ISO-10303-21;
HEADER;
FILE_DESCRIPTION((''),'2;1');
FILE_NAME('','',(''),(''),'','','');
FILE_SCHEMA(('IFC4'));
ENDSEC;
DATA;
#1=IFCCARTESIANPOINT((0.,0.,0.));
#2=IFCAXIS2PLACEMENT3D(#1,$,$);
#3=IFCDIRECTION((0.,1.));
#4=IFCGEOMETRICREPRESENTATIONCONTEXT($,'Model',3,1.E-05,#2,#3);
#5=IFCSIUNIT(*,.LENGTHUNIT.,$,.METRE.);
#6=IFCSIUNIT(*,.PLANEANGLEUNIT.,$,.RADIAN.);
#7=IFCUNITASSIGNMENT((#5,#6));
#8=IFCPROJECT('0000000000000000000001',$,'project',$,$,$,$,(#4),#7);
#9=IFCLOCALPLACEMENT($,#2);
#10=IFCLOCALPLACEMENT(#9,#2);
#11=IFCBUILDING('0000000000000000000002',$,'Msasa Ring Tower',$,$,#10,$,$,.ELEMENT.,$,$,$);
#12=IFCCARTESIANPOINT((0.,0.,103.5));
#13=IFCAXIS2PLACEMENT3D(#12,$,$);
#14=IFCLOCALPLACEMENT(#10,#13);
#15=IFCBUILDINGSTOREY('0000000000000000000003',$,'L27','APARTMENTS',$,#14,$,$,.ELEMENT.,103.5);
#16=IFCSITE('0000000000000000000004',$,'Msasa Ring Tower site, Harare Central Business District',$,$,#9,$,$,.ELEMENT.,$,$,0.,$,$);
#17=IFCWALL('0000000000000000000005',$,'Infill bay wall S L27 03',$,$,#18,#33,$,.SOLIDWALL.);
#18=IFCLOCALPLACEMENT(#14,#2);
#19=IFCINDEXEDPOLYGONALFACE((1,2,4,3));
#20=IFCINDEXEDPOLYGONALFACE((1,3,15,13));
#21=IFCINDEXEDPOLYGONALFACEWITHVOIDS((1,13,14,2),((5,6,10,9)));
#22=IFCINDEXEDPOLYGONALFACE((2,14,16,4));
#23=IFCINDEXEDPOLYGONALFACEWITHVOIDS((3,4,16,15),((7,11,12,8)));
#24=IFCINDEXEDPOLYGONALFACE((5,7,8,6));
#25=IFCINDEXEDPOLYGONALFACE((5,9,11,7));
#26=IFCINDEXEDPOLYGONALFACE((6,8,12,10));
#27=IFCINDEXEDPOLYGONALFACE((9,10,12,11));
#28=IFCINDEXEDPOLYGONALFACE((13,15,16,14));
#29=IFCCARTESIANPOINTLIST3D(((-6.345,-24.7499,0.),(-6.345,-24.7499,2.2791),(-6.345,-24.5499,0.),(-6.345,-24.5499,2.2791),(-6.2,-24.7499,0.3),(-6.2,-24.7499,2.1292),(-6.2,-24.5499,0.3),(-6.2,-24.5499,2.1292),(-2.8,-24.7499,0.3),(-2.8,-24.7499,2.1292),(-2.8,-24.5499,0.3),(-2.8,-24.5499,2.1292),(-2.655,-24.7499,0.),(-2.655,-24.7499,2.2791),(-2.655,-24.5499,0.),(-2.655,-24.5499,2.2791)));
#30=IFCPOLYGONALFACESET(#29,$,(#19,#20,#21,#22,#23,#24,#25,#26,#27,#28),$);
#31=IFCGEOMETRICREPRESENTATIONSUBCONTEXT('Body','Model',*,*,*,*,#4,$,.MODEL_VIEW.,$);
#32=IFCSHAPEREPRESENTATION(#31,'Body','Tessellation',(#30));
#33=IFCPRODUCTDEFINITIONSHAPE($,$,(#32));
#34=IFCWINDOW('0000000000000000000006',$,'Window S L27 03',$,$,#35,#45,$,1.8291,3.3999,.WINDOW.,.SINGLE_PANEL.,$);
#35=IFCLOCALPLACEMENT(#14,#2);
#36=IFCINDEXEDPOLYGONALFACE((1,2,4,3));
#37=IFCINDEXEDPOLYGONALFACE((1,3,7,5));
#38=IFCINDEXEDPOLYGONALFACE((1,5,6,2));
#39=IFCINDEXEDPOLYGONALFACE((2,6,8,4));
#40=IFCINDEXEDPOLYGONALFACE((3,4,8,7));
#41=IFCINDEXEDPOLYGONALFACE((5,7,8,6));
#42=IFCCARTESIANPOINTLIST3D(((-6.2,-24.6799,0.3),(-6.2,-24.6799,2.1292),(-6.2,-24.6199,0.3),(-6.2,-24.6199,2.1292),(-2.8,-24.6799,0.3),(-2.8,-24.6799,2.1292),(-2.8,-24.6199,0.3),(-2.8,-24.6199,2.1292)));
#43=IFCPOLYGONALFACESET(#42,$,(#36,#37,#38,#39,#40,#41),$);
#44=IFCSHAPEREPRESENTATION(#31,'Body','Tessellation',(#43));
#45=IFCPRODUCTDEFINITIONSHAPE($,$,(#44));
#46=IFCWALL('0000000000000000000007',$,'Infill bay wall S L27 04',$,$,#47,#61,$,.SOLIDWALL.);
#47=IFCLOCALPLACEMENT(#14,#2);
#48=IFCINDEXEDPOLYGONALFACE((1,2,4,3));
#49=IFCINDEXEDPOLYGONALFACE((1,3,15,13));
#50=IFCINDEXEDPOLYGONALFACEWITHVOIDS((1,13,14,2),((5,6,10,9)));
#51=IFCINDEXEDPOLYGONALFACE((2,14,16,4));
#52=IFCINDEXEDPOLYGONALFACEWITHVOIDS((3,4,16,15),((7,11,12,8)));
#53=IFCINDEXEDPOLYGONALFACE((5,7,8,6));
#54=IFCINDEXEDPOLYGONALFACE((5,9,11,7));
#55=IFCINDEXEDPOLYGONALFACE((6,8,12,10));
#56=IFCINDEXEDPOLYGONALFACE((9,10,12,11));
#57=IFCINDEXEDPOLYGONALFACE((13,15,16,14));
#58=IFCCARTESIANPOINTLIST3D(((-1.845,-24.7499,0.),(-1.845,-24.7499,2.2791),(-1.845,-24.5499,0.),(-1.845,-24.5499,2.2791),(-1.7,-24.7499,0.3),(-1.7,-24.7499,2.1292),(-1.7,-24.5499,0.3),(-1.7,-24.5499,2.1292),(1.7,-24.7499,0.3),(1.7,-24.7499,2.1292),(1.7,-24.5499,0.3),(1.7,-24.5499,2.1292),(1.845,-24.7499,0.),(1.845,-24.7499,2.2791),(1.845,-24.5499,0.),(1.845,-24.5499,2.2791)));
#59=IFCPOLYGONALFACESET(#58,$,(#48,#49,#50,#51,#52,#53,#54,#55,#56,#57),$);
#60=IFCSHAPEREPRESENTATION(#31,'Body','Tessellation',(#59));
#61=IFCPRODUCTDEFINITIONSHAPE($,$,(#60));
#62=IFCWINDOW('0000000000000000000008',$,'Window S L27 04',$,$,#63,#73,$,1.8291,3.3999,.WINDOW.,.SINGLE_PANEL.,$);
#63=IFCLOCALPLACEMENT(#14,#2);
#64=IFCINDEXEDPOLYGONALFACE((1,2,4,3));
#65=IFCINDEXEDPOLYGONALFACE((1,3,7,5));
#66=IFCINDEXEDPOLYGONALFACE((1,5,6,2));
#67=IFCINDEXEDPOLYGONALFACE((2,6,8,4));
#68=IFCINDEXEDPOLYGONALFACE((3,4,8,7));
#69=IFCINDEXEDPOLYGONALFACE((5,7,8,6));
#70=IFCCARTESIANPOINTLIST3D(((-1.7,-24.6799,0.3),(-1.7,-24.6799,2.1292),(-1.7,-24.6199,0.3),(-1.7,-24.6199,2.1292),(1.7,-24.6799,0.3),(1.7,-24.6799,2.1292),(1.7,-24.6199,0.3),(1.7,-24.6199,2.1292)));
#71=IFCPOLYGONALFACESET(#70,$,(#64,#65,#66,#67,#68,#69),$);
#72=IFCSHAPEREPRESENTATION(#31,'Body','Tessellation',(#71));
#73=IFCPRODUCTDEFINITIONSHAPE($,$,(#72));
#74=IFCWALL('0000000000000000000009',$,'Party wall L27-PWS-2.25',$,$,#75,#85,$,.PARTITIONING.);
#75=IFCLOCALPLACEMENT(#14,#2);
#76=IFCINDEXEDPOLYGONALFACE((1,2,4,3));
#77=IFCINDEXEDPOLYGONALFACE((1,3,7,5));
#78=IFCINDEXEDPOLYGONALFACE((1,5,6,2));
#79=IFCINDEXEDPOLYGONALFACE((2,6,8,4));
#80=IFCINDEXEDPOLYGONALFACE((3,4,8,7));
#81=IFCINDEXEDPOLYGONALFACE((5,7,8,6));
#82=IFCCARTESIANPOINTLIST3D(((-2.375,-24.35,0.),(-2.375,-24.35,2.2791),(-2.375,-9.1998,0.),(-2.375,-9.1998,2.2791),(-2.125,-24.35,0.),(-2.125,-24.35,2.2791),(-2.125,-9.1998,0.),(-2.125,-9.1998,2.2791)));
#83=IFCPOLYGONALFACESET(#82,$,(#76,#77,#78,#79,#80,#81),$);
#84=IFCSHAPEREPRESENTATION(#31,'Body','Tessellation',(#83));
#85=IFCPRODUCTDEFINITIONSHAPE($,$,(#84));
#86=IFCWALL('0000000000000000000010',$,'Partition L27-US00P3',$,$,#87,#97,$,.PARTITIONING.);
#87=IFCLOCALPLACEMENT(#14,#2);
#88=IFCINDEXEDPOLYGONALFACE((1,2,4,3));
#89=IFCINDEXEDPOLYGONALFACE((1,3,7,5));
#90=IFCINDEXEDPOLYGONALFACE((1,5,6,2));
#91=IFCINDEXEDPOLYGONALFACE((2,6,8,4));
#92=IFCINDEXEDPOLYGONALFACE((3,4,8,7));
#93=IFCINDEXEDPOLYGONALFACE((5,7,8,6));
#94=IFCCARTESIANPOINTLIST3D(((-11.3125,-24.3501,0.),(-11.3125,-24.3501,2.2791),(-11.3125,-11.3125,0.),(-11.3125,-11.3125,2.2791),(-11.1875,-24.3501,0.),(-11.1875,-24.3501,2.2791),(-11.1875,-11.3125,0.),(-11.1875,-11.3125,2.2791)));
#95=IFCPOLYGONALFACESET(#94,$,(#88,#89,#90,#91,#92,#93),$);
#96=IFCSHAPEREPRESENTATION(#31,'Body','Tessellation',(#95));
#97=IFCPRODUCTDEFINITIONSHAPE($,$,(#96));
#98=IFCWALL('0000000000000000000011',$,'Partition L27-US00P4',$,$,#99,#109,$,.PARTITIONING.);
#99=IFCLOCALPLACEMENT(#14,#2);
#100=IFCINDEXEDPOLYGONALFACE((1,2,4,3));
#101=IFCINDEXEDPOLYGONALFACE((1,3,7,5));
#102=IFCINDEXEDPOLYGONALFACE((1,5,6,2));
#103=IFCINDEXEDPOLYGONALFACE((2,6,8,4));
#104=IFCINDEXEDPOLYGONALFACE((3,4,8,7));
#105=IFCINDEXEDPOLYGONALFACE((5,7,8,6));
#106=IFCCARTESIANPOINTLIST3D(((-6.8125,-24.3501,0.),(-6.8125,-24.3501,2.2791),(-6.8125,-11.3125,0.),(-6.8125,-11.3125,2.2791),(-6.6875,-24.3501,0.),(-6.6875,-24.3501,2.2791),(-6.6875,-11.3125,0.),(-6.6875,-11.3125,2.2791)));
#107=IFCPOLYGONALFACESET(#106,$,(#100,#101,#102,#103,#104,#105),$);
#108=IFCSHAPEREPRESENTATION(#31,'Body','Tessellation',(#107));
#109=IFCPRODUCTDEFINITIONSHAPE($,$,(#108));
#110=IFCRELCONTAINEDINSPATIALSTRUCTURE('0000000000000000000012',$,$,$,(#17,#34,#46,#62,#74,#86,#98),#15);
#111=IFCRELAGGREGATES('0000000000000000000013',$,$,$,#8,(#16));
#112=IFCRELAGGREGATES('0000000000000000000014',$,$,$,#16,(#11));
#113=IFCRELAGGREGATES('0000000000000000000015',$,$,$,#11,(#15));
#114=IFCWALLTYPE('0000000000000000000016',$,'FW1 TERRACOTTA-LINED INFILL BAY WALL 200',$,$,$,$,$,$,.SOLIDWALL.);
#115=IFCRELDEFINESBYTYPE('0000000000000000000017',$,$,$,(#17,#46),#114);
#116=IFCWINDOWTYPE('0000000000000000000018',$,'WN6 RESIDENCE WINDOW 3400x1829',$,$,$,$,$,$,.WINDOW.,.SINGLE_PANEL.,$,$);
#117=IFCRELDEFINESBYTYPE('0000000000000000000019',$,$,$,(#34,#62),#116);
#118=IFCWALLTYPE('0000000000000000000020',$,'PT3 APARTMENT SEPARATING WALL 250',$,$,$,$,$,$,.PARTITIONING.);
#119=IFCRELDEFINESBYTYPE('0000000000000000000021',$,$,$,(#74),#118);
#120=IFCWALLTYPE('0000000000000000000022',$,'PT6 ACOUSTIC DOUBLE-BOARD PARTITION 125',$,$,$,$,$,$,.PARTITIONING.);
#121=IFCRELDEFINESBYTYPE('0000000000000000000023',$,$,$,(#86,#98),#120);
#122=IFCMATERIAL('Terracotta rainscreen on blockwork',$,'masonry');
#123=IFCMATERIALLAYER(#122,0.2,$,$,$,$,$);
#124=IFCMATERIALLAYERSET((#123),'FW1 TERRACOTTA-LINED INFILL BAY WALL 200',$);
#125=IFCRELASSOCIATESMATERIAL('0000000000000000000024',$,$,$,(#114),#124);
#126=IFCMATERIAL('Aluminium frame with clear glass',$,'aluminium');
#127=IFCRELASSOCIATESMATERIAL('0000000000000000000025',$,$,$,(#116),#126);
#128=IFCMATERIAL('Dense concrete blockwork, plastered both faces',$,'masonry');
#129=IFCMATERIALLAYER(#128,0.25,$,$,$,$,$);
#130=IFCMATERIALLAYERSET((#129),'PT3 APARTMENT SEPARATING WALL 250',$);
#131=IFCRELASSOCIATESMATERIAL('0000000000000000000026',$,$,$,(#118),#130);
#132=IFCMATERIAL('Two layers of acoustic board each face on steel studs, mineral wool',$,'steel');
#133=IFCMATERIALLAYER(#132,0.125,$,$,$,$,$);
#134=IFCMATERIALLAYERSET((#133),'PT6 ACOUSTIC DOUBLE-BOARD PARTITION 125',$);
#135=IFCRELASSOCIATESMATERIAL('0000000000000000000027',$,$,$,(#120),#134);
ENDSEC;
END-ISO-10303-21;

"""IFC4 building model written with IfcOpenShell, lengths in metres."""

from ifc_helpers import new_model, si_unit, direction, frame, frame_2d, origin, place, context, subcontext, project, spatial, rectangle, extrude, material, layer, layer_set, type_object, element, fill, save


model = new_model("IFC4")

# Units and contexts
model_context = context("Model", 3, precision=1e-05, world=origin(), true_north=direction((0.0, 1.0)))
body_context = subcontext(model_context, "Body", "Model", "MODEL_VIEW")
ifc_project = project(units=[si_unit("LENGTHUNIT", "METRE"), si_unit("PLANEANGLEUNIT", "RADIAN")], contexts=[model_context])

# Site, building, storey
site_placement = place(None, origin())
site = spatial("IfcSite", under=ifc_project, at=site_placement, Name="Msasa Ring Tower site, Harare Central Business District", CompositionType="ELEMENT", RefElevation=0.0)
building_placement = place(site_placement, origin())
building = spatial("IfcBuilding", under=site, at=building_placement, Name="Msasa Ring Tower", CompositionType="ELEMENT")
storey_placement = place(building_placement, frame((0.0, 0.0, 103.5)))
storey = spatial("IfcBuildingStorey", under=building, at=storey_placement, Name="L27", Description="APARTMENTS", CompositionType="ELEMENT", Elevation=103.5)

# Walls, openings, windows
ifc_material_1 = material(Name="Terracotta rainscreen on blockwork", Category="masonry")
ifc_layer_1 = layer(ifc_material_1, 0.2)
ifc_layer_set_1 = layer_set([ifc_layer_1], Name="FW1 TERRACOTTA-LINED INFILL BAY WALL 200")
wall_type_1 = type_object("IfcWallType", Name="FW1 TERRACOTTA-LINED INFILL BAY WALL 200", PredefinedType="SOLIDWALL", material=ifc_layer_set_1)
ifc_material_2 = material(Name="Aluminium frame with clear glass", Category="aluminium")
window_type = type_object("IfcWindowType", Name="WN6 RESIDENCE WINDOW 3400x1829", PartitioningType="SINGLE_PANEL", PredefinedType="WINDOW", material=ifc_material_2)
wall_1_placement = place(storey_placement, frame((-6.345, -24.6499, 0.0), z_axis=(0.0, 0.0, 1.0), x_axis=(1.0, 0.0, 0.0)))
wall_1 = element("IfcWall", 1, at=wall_1_placement, inside=storey, type_object=wall_type_1, Name="Infill bay wall S L27 03", PredefinedType="SOLIDWALL", context=body_context, shape_type="SweptSolid", body=[
    extrude(rectangle(XDim=3.6899, YDim=0.2, at=frame_2d((1.845, 0.0))), origin(), (0.0, 0.0, 1.0), 2.2791),
])
opening_1_placement = place(wall_1_placement, frame((0.145, 0.0, 0.3)))
opening_1 = element("IfcOpeningElement", 2, at=opening_1_placement, cuts=wall_1, PredefinedType="OPENING", context=body_context, shape_type="SweptSolid", body=[
    extrude(rectangle(XDim=3.3999, YDim=1.8291, at=frame_2d((1.7, 0.9146))), frame((0.0, 0.1099, 0.0), z_axis=(0.0, -1.0, 0.0), x_axis=(1.0, 0.0, 0.0)), (0.0, 0.0, 1.0), 0.22),
])
window_1_placement = place(opening_1_placement, origin())
window_1 = element("IfcWindow", 3, at=window_1_placement, inside=storey, type_object=window_type, Name="Window S L27 03", OverallHeight=1.8291, OverallWidth=3.3999, PartitioningType="SINGLE_PANEL", PredefinedType="WINDOW", context=body_context, shape_type="SweptSolid", body=[
    extrude(rectangle(XDim=3.3999, YDim=1.8291, at=frame_2d((1.7, 0.9146))), frame((0.0, 0.03, 0.0), z_axis=(0.0, -1.0, 0.0), x_axis=(1.0, 0.0, 0.0)), (0.0, 0.0, 1.0), 0.0601),
])
fill(opening_1, window_1)
wall_2_placement = place(storey_placement, frame((-1.845, -24.6499, 0.0), z_axis=(0.0, 0.0, 1.0), x_axis=(1.0, 0.0, 0.0)))
wall_2 = element("IfcWall", 4, at=wall_2_placement, inside=storey, type_object=wall_type_1, Name="Infill bay wall S L27 04", PredefinedType="SOLIDWALL", context=body_context, shape_type="SweptSolid", body=[
    extrude(rectangle(XDim=3.6899, YDim=0.2, at=frame_2d((1.845, 0.0))), origin(), (0.0, 0.0, 1.0), 2.2791),
])
opening_2_placement = place(wall_2_placement, frame((0.145, 0.0, 0.3)))
opening_2 = element("IfcOpeningElement", 5, at=opening_2_placement, cuts=wall_2, PredefinedType="OPENING", context=body_context, shape_type="SweptSolid", body=[
    extrude(rectangle(XDim=3.3999, YDim=1.8291, at=frame_2d((1.7, 0.9146))), frame((0.0, 0.1099, 0.0), z_axis=(0.0, -1.0, 0.0), x_axis=(1.0, 0.0, 0.0)), (0.0, 0.0, 1.0), 0.22),
])
window_2_placement = place(opening_2_placement, origin())
window_2 = element("IfcWindow", 6, at=window_2_placement, inside=storey, type_object=window_type, Name="Window S L27 04", OverallHeight=1.8291, OverallWidth=3.3999, PartitioningType="SINGLE_PANEL", PredefinedType="WINDOW", context=body_context, shape_type="SweptSolid", body=[
    extrude(rectangle(XDim=3.3999, YDim=1.8291, at=frame_2d((1.7, 0.9146))), frame((0.0, 0.03, 0.0), z_axis=(0.0, -1.0, 0.0), x_axis=(1.0, 0.0, 0.0)), (0.0, 0.0, 1.0), 0.0601),
])
fill(opening_2, window_2)

# Walls
ifc_material_3 = material(Name="Dense concrete blockwork, plastered both faces", Category="masonry")
ifc_layer_2 = layer(ifc_material_3, 0.25)
ifc_layer_set_2 = layer_set([ifc_layer_2], Name="PT3 APARTMENT SEPARATING WALL 250")
wall_type_2 = type_object("IfcWallType", Name="PT3 APARTMENT SEPARATING WALL 250", PredefinedType="PARTITIONING", material=ifc_layer_set_2)
wall_3_placement = place(storey_placement, frame((-2.25, -24.3501, 0.0), z_axis=(0.0, 0.0, 1.0), x_axis=(0.0, 1.0, 0.0)))
element("IfcWall", 7, at=wall_3_placement, inside=storey, type_object=wall_type_2, Name="Party wall L27-PWS-2.25", PredefinedType="PARTITIONING", context=body_context, shape_type="SweptSolid", body=[
    extrude(rectangle(XDim=15.1501, YDim=0.25, at=frame_2d((7.5752, 0.0))), origin(), (0.0, 0.0, 1.0), 2.2791),
])
ifc_material_4 = material(Name="Two layers of acoustic board each face on steel studs, mineral wool", Category="steel")
ifc_layer_3 = layer(ifc_material_4, 0.125)
ifc_layer_set_3 = layer_set([ifc_layer_3], Name="PT6 ACOUSTIC DOUBLE-BOARD PARTITION 125")
wall_type_3 = type_object("IfcWallType", Name="PT6 ACOUSTIC DOUBLE-BOARD PARTITION 125", PredefinedType="PARTITIONING", material=ifc_layer_set_3)
for number, where, z_axis, x_axis, name in (
    (8, (-11.25, -24.3501, 0.0), (0.0, 0.0, 1.0), (0.0, 1.0, 0.0), "Partition L27-US00P3"),
    (9, (-6.75, -24.3501, 0.0), (0.0, 0.0, 1.0), (0.0, 1.0, 0.0), "Partition L27-US00P4"),
):
    element("IfcWall", number, at=place(storey_placement, frame(where, z_axis=z_axis, x_axis=x_axis)), inside=storey, type_object=wall_type_3, Name=name, PredefinedType="PARTITIONING", context=body_context, shape_type="SweptSolid", body=[
        extrude(rectangle(XDim=13.0376, YDim=0.125, at=frame_2d((6.5188, 0.0))), origin(), (0.0, 0.0, 1.0), 2.2791),
    ])

save(model, "model.ifc")
